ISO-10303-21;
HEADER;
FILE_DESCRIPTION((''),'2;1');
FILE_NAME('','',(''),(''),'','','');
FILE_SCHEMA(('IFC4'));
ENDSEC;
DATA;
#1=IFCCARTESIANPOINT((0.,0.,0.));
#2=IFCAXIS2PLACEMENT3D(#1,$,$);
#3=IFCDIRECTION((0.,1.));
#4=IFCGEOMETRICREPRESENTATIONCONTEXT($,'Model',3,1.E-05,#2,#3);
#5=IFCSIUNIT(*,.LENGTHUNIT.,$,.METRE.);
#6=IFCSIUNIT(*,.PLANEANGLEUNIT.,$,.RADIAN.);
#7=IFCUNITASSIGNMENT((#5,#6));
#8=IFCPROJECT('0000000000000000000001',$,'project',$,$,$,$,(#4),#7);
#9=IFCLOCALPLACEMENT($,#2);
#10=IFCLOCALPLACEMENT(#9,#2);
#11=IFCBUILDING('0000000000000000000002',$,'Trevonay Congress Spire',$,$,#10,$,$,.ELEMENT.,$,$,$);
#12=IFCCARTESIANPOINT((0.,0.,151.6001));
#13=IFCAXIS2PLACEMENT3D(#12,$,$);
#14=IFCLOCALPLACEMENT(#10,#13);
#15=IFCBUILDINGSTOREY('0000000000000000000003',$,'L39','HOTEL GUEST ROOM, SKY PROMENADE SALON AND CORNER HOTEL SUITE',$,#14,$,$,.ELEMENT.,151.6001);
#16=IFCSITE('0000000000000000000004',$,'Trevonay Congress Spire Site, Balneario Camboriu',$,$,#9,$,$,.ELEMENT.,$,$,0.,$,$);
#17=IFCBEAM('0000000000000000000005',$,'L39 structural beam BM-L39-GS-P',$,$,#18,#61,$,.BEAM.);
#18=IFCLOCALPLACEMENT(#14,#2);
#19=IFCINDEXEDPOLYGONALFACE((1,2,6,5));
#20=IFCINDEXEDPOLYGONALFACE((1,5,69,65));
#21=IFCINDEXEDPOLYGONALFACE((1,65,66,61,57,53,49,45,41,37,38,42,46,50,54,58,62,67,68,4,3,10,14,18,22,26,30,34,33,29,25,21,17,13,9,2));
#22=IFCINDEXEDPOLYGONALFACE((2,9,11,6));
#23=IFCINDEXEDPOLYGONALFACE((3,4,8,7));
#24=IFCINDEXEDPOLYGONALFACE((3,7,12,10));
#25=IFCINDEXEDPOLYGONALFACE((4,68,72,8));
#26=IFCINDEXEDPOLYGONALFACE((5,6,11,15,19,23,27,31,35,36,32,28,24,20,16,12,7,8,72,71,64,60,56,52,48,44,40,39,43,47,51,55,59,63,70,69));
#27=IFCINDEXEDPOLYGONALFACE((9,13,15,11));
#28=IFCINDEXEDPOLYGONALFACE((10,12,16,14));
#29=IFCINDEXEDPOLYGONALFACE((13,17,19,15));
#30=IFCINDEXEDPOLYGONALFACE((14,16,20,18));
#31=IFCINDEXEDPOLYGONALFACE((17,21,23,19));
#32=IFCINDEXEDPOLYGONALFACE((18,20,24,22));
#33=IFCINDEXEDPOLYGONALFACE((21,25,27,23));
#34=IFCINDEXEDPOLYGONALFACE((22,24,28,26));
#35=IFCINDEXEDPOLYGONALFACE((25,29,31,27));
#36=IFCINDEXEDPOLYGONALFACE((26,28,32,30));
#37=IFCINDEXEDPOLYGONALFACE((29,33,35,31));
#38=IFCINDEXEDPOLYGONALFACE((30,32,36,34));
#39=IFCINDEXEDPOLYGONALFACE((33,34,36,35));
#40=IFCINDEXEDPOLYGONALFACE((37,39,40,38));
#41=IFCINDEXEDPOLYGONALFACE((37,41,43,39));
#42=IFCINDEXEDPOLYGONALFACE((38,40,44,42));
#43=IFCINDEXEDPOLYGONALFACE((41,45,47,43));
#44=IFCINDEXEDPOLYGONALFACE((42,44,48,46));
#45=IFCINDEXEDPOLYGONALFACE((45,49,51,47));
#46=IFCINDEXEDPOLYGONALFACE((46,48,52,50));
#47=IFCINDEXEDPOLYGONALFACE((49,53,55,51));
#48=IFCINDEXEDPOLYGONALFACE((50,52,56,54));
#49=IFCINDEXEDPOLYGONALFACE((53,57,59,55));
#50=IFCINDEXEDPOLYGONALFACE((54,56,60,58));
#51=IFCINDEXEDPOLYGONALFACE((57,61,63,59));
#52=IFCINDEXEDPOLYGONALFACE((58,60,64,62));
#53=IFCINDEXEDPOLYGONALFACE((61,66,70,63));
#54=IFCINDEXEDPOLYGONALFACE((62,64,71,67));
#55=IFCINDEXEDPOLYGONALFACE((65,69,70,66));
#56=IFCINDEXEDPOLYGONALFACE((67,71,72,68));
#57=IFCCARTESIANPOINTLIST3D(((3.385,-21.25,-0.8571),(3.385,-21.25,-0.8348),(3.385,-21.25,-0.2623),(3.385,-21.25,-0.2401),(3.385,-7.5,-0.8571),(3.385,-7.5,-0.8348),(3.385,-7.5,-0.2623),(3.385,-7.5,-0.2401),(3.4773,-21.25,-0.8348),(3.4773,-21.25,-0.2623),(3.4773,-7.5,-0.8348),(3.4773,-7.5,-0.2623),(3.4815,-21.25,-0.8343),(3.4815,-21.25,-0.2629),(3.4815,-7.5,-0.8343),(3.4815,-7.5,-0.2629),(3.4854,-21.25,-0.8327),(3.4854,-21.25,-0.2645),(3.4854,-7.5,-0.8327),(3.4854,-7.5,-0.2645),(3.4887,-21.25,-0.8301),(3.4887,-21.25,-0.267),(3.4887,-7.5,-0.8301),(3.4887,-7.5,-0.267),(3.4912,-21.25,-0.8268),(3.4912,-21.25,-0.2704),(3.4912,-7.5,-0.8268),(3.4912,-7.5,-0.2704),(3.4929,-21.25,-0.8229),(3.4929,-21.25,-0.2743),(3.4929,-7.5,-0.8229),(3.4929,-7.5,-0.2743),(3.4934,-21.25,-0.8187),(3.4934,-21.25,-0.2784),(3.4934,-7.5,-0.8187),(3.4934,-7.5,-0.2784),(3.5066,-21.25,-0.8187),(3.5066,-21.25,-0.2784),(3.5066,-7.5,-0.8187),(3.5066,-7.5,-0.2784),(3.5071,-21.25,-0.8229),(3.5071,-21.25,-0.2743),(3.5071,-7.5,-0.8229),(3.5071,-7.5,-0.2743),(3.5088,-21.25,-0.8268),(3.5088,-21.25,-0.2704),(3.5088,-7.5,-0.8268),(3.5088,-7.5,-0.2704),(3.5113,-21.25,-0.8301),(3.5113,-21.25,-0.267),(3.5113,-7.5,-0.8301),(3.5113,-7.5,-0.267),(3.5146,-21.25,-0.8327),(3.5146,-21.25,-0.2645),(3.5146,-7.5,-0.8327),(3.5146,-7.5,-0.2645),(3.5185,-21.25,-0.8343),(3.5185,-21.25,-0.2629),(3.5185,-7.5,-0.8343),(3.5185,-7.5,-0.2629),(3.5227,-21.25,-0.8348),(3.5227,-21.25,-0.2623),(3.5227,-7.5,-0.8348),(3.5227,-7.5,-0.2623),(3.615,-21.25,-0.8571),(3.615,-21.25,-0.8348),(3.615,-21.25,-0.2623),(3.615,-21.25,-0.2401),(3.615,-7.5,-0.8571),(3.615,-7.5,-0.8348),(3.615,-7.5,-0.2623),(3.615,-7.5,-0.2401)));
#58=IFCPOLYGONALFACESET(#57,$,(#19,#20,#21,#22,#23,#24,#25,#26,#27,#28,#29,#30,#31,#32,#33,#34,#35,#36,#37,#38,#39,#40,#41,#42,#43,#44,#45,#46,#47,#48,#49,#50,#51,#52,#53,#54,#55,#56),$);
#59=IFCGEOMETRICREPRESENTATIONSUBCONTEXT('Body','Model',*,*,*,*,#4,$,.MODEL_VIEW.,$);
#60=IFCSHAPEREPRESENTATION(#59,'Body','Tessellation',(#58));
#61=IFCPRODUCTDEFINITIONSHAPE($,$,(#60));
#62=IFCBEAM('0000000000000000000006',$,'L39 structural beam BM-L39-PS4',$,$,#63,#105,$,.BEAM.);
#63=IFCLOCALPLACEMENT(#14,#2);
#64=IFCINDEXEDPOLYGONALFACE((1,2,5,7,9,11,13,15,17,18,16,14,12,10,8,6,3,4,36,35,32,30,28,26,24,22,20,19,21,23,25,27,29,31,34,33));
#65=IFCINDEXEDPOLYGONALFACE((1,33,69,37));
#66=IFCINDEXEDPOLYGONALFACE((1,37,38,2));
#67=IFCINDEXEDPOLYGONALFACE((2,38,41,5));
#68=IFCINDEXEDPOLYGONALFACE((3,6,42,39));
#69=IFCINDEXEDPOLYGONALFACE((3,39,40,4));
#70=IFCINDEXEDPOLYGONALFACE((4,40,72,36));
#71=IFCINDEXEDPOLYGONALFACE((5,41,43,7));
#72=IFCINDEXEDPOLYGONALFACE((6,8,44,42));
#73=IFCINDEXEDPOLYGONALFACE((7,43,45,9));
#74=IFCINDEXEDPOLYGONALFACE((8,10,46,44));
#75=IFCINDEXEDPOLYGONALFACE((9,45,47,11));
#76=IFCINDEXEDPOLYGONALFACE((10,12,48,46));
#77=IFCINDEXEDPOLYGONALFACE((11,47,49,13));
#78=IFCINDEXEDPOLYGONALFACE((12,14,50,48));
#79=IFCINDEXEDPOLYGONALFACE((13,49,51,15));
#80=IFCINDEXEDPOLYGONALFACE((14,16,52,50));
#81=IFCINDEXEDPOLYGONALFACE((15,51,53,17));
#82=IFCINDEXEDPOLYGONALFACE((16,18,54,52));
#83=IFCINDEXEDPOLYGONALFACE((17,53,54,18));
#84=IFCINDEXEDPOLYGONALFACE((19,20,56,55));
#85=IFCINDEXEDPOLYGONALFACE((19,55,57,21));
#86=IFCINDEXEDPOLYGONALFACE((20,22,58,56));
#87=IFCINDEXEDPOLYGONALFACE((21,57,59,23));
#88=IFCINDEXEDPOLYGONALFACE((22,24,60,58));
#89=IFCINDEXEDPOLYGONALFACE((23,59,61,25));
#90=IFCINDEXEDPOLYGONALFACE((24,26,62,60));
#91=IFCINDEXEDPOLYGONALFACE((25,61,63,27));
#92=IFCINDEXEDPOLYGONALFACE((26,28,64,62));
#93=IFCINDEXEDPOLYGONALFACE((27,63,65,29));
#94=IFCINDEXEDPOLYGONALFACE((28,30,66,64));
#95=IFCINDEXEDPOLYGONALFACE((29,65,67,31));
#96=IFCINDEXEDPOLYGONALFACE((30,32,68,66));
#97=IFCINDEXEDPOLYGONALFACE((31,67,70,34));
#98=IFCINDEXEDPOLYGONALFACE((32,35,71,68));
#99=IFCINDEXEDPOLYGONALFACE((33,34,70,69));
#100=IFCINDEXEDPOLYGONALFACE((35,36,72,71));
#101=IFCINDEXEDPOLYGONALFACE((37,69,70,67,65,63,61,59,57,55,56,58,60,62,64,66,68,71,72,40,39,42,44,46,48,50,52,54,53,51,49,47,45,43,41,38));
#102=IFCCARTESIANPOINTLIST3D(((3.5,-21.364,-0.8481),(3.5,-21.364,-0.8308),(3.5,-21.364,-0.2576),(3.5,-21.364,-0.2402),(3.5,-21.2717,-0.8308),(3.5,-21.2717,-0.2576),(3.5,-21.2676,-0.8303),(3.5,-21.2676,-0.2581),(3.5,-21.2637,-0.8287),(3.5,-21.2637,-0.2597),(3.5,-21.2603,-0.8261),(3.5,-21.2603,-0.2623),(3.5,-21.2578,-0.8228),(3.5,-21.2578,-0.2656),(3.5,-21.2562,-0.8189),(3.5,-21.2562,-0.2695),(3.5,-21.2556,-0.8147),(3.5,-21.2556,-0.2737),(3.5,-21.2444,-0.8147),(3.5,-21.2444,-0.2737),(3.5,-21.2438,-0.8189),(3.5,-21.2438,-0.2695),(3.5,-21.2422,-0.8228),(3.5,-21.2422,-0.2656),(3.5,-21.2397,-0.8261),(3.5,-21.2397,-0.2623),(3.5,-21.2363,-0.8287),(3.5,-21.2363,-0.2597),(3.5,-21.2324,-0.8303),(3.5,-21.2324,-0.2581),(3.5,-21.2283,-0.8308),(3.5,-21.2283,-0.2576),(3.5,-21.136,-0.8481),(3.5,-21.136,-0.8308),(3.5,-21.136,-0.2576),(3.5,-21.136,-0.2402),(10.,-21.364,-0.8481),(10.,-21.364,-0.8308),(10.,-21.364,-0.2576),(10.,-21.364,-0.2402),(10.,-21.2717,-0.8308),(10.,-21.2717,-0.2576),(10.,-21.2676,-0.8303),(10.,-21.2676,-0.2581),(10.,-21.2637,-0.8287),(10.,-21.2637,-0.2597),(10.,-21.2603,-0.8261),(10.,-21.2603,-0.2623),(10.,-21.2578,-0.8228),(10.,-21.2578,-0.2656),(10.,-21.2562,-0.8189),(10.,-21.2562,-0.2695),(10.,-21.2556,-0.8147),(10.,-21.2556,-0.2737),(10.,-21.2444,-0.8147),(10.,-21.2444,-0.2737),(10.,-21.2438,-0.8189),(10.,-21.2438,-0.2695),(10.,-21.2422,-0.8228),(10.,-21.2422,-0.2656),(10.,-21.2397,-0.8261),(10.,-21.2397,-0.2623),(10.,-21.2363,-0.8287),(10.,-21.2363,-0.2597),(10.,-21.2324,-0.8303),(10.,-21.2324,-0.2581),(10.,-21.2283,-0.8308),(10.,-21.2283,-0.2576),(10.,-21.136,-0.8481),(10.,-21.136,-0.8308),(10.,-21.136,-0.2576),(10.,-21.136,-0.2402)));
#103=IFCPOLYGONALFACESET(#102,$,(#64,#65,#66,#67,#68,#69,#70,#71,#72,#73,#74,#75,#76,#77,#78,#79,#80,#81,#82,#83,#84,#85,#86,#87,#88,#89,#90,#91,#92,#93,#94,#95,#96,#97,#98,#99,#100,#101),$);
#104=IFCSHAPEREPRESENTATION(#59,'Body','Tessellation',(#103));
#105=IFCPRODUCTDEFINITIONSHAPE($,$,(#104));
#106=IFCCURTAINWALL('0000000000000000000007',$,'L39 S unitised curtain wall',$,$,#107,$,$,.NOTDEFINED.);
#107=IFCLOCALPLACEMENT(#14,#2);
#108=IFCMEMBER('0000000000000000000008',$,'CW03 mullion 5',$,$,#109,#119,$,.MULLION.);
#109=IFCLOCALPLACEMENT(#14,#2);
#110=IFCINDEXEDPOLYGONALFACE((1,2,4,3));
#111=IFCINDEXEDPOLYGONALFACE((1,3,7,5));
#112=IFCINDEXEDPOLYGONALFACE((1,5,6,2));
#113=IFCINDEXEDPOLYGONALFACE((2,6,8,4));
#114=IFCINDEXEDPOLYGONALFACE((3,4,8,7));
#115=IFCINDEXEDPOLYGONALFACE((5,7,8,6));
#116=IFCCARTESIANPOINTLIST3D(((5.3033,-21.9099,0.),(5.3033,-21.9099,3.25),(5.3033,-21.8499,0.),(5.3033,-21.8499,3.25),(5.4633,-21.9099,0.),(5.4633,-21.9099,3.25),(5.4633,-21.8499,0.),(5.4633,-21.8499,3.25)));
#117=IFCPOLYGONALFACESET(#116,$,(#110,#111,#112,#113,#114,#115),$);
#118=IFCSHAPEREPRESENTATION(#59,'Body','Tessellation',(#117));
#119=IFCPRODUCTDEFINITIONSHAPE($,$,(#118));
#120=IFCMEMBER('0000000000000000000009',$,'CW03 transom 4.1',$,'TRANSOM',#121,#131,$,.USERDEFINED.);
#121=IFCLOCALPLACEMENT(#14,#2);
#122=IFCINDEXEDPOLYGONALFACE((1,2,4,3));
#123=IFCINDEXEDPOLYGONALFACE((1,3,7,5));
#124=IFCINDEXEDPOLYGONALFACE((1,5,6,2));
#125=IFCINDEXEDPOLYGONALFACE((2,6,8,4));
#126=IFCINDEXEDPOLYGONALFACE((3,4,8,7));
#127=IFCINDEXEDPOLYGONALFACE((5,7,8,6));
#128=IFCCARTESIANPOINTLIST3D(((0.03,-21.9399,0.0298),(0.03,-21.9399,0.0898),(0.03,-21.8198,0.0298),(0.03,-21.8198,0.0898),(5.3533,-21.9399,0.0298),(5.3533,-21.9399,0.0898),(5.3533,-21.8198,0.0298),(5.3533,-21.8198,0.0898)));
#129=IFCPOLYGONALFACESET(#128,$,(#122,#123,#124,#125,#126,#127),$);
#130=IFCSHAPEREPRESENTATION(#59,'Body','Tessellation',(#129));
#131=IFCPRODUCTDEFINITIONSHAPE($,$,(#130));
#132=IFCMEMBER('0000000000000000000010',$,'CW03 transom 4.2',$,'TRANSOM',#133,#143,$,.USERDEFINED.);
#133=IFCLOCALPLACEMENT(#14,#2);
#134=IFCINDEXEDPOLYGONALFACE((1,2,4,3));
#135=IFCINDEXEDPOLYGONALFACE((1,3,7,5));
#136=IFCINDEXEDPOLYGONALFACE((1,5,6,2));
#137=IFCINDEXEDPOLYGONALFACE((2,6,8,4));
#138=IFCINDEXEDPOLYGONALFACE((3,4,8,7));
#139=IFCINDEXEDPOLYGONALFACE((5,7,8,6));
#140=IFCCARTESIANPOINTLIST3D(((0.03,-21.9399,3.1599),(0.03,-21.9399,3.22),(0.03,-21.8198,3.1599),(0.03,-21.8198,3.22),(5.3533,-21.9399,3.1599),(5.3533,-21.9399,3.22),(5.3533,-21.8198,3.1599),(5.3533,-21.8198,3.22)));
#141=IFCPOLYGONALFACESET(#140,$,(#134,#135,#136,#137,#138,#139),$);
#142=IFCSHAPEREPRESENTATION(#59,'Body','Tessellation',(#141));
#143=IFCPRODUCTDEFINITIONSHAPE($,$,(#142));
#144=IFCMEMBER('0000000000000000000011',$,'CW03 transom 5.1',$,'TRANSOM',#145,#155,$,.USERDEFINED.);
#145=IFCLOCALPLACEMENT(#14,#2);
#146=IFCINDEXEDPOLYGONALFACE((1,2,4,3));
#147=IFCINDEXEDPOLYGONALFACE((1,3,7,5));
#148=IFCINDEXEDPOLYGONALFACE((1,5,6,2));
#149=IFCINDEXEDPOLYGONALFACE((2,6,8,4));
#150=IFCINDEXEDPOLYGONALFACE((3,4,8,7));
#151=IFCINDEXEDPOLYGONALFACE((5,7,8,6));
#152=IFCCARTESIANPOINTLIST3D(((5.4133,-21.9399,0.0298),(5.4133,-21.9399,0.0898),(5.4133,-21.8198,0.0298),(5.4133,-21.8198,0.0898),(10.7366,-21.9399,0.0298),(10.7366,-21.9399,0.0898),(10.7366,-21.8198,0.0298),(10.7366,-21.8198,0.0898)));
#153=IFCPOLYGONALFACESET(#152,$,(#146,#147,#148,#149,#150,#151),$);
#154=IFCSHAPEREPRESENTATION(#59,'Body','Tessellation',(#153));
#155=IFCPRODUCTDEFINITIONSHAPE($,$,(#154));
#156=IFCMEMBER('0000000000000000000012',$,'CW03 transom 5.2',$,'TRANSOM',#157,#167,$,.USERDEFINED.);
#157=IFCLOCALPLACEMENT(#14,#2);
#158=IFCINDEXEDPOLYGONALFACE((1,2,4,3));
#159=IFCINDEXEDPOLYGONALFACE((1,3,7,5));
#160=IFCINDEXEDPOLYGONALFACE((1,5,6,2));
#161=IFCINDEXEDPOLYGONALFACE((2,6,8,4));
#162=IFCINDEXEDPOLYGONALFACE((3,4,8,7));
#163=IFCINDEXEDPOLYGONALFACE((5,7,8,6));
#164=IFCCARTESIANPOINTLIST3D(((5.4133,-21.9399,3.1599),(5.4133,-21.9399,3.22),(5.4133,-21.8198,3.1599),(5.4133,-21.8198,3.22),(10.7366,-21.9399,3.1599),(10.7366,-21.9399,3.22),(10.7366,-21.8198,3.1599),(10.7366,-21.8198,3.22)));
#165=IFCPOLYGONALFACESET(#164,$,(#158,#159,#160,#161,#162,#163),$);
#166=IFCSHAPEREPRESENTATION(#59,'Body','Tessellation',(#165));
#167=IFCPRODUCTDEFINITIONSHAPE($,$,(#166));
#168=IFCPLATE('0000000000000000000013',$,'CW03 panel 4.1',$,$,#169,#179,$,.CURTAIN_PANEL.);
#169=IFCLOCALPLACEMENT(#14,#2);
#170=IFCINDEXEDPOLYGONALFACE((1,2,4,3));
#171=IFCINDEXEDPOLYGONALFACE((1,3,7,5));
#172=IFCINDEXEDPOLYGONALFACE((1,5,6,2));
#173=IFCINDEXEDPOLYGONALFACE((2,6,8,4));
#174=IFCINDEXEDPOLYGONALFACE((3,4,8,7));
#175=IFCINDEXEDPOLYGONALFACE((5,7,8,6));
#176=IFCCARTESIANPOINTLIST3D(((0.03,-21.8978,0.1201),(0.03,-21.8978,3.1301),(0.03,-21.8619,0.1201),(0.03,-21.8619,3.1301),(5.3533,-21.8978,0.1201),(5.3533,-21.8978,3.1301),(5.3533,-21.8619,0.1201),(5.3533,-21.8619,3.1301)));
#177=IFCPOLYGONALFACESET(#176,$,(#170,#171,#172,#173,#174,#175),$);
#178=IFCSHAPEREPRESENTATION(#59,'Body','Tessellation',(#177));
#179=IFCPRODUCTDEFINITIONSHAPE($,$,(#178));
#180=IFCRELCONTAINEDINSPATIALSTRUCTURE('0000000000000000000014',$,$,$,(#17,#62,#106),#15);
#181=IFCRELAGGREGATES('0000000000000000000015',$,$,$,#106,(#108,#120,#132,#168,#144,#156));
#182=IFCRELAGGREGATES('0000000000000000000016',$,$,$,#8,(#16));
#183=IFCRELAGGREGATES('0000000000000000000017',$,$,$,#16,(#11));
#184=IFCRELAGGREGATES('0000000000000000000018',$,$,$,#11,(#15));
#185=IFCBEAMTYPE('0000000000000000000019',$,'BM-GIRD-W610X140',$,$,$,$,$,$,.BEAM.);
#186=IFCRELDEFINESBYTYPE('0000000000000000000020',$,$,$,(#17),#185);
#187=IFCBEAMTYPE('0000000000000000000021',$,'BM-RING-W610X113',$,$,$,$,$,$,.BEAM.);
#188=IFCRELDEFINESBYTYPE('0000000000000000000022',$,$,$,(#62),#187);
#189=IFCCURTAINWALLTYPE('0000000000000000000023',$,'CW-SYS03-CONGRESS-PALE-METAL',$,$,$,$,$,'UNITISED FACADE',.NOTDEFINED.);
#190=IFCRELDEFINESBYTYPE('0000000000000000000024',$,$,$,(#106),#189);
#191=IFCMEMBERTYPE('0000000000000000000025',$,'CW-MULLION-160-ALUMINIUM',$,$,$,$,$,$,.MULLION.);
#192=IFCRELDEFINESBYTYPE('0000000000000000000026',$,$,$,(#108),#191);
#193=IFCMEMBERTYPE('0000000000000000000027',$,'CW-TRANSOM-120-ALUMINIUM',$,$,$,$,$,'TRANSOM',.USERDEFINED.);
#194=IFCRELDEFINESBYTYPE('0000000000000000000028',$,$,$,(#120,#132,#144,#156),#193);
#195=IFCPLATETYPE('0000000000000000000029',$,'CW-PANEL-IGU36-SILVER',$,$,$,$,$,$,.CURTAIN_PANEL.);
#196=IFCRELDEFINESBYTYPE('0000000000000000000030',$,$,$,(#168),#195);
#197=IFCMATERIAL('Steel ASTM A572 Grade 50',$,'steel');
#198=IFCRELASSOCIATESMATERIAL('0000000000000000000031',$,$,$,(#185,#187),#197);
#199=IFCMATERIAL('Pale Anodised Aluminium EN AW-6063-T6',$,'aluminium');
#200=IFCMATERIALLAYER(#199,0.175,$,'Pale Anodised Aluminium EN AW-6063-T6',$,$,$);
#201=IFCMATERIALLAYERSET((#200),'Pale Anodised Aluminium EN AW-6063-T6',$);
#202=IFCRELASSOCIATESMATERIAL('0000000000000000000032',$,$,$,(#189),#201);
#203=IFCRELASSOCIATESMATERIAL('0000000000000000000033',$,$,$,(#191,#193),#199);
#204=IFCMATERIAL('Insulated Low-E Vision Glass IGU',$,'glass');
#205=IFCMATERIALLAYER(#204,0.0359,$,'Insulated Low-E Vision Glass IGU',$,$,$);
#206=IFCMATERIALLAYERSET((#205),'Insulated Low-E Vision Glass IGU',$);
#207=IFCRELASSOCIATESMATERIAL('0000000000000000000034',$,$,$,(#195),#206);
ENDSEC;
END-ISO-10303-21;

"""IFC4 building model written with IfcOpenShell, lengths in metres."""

from ifc_helpers import new_model, si_unit, direction, frame, origin, origin_2d, place, context, subcontext, project, spatial, rectangle, i_section, extrude, material, layer, layer_set, material_profile, profile_set, type_object, element, aggregate, save


model = new_model("IFC4")

# Units and contexts
model_context = context("Model", 3, precision=1e-05, world=origin(), true_north=direction((0.0, 1.0)))
body_context = subcontext(model_context, "Body", "Model", "MODEL_VIEW")
ifc_project = project(units=[si_unit("LENGTHUNIT", "METRE"), si_unit("PLANEANGLEUNIT", "RADIAN")], contexts=[model_context])

# Site, building, storey
site_placement = place(None, origin())
site = spatial("IfcSite", under=ifc_project, at=site_placement, Name="Trevonay Congress Spire Site, Balneario Camboriu", CompositionType="ELEMENT", RefElevation=0.0)
building_placement = place(site_placement, origin())
building = spatial("IfcBuilding", under=site, at=building_placement, Name="Trevonay Congress Spire", CompositionType="ELEMENT")
storey_placement = place(building_placement, frame((0.0, 0.0, 151.6001)))
storey = spatial("IfcBuildingStorey", under=building, at=storey_placement, Name="L39", Description="HOTEL GUEST ROOM, SKY PROMENADE SALON AND CORNER HOTEL SUITE", CompositionType="ELEMENT", Elevation=151.6001)

# Shared definitions
ifc_material_1 = material(Name="Steel ASTM A572 Grade 50", Category="steel")

# Beams
ifc_material_profile_1 = material_profile(ifc_material_1, i_section(OverallWidth=0.23, OverallDepth=0.6169, WebThickness=0.0132, FlangeThickness=0.0222, FilletRadius=0.0161, at=origin_2d()), Name="W610x140")
ifc_profile_set_1 = profile_set([ifc_material_profile_1], Name="Steel ASTM A572 Grade 50")
beam_type_1 = type_object("IfcBeamType", Name="BM-GIRD-W610X140", PredefinedType="BEAM", material=ifc_profile_set_1)
beam_1_placement = place(storey_placement, frame((3.5, -7.5, -0.5486), z_axis=(0.0, -1.0, 0.0), x_axis=(1.0, 0.0, 0.0)))
element("IfcBeam", 1, at=beam_1_placement, inside=storey, type_object=beam_type_1, Name="L39 structural beam BM-L39-GS-P", PredefinedType="BEAM", context=body_context, shape_type="SweptSolid", body=[
    extrude(i_section(OverallWidth=0.23, OverallDepth=0.6169, WebThickness=0.0132, FlangeThickness=0.0222, FilletRadius=0.0161, at=origin_2d()), origin(), (0.0, 0.0, 1.0), 13.75),
])
ifc_material_profile_2 = material_profile(ifc_material_1, i_section(OverallWidth=0.228, OverallDepth=0.6079, WebThickness=0.0112, FlangeThickness=0.0173, FilletRadius=0.0161, at=origin_2d()), Name="W610x113")
ifc_profile_set_2 = profile_set([ifc_material_profile_2], Name="Steel ASTM A572 Grade 50")
beam_type_2 = type_object("IfcBeamType", Name="BM-RING-W610X113", PredefinedType="BEAM", material=ifc_profile_set_2)
beam_2_placement = place(storey_placement, frame((3.5, -21.25, -0.5442), z_axis=(1.0, 0.0, 0.0), x_axis=(0.0, 1.0, 0.0)))
element("IfcBeam", 2, at=beam_2_placement, inside=storey, type_object=beam_type_2, Name="L39 structural beam BM-L39-PS4", PredefinedType="BEAM", context=body_context, shape_type="SweptSolid", body=[
    extrude(i_section(OverallWidth=0.228, OverallDepth=0.6079, WebThickness=0.0112, FlangeThickness=0.0173, FilletRadius=0.0161, at=origin_2d()), origin(), (0.0, 0.0, 1.0), 6.5),
])

# Curtain wall, members, plate
ifc_material_2 = material(Name="Pale Anodised Aluminium EN AW-6063-T6", Category="aluminium")
ifc_layer_1 = layer(ifc_material_2, 0.175, Name="Pale Anodised Aluminium EN AW-6063-T6")
ifc_layer_set_1 = layer_set([ifc_layer_1], Name="Pale Anodised Aluminium EN AW-6063-T6")
curtain_wall_type = type_object("IfcCurtainWallType", Name="CW-SYS03-CONGRESS-PALE-METAL", ElementType="UNITISED FACADE", PredefinedType="NOTDEFINED", material=ifc_layer_set_1)
curtain_wall_placement = place(storey_placement, origin())
curtain_wall = element("IfcCurtainWall", 3, at=curtain_wall_placement, inside=storey, type_object=curtain_wall_type, Name="L39 S unitised curtain wall", PredefinedType="NOTDEFINED")
ifc_material_profile_3 = material_profile(ifc_material_2, rectangle(XDim=0.0601, YDim=0.1599, at=origin_2d()), Name="CW-MULLION-160-ALUMINIUM")
ifc_profile_set_3 = profile_set([ifc_material_profile_3], Name="Pale Anodised Aluminium EN AW-6063-T6")
member_type_1 = type_object("IfcMemberType", Name="CW-MULLION-160-ALUMINIUM", PredefinedType="MULLION", material=ifc_profile_set_3)
member_1_placement = place(storey_placement, frame((5.3833, -21.8799, 0.0), z_axis=(0.0, 0.0, 1.0), x_axis=(0.0, 1.0, 0.0)))
member_1 = element("IfcMember", 4, at=member_1_placement, type_object=member_type_1, Name="CW03 mullion 5", PredefinedType="MULLION", context=body_context, shape_type="SweptSolid", body=[
    extrude(rectangle(XDim=0.0601, YDim=0.1599, at=origin_2d()), origin(), (0.0, 0.0, 1.0), 3.25),
])
ifc_material_profile_4 = material_profile(ifc_material_2, rectangle(XDim=0.1201, YDim=0.0601, at=origin_2d()), Name="CW-TRANSOM-120-ALUMINIUM")
ifc_profile_set_4 = profile_set([ifc_material_profile_4], Name="Pale Anodised Aluminium EN AW-6063-T6")
member_type_2 = type_object("IfcMemberType", Name="CW-TRANSOM-120-ALUMINIUM", ElementType="TRANSOM", PredefinedType="USERDEFINED", material=ifc_profile_set_4)
member_2_placement = place(storey_placement, frame((0.03, -21.8799, 0.0598), z_axis=(1.0, 0.0, 0.0), x_axis=(0.0, 1.0, 0.0)))
member_2 = element("IfcMember", 5, at=member_2_placement, type_object=member_type_2, Name="CW03 transom 4.1", ObjectType="TRANSOM", PredefinedType="USERDEFINED", context=body_context, shape_type="SweptSolid", body=[
    extrude(rectangle(XDim=0.1201, YDim=0.0601, at=origin_2d()), origin(), (0.0, 0.0, 1.0), 5.3232),
])
member_3_placement = place(storey_placement, frame((0.03, -21.8799, 3.1899), z_axis=(1.0, 0.0, 0.0), x_axis=(0.0, 1.0, 0.0)))
member_3 = element("IfcMember", 6, at=member_3_placement, type_object=member_type_2, Name="CW03 transom 4.2", ObjectType="TRANSOM", PredefinedType="USERDEFINED", context=body_context, shape_type="SweptSolid", body=[
    extrude(rectangle(XDim=0.1201, YDim=0.0601, at=origin_2d()), origin(), (0.0, 0.0, 1.0), 5.3232),
])
member_4_placement = place(storey_placement, frame((5.4133, -21.8799, 0.0598), z_axis=(1.0, 0.0, 0.0), x_axis=(0.0, 1.0, 0.0)))
member_4 = element("IfcMember", 7, at=member_4_placement, type_object=member_type_2, Name="CW03 transom 5.1", ObjectType="TRANSOM", PredefinedType="USERDEFINED", context=body_context, shape_type="SweptSolid", body=[
    extrude(rectangle(XDim=0.1201, YDim=0.0601, at=origin_2d()), origin(), (0.0, 0.0, 1.0), 5.3232),
])
member_5_placement = place(storey_placement, frame((5.4133, -21.8799, 3.1899), z_axis=(1.0, 0.0, 0.0), x_axis=(0.0, 1.0, 0.0)))
member_5 = element("IfcMember", 8, at=member_5_placement, type_object=member_type_2, Name="CW03 transom 5.2", ObjectType="TRANSOM", PredefinedType="USERDEFINED", context=body_context, shape_type="SweptSolid", body=[
    extrude(rectangle(XDim=0.1201, YDim=0.0601, at=origin_2d()), origin(), (0.0, 0.0, 1.0), 5.3232),
])
ifc_material_3 = material(Name="Insulated Low-E Vision Glass IGU", Category="glass")
ifc_layer_2 = layer(ifc_material_3, 0.0359, Name="Insulated Low-E Vision Glass IGU")
ifc_layer_set_2 = layer_set([ifc_layer_2], Name="Insulated Low-E Vision Glass IGU")
plate_type = type_object("IfcPlateType", Name="CW-PANEL-IGU36-SILVER", PredefinedType="CURTAIN_PANEL", material=ifc_layer_set_2)
plate_placement = place(storey_placement, frame((2.6917, -21.8799, 0.1201), z_axis=(0.0, 0.0, 1.0), x_axis=(1.0, 0.0, 0.0)))
plate = element("IfcPlate", 9, at=plate_placement, type_object=plate_type, Name="CW03 panel 4.1", PredefinedType="CURTAIN_PANEL", context=body_context, shape_type="SweptSolid", body=[
    extrude(rectangle(XDim=5.3232, YDim=0.0359, at=origin_2d()), origin(), (0.0, 0.0, 1.0), 3.01),
])
aggregate(curtain_wall, [member_1, member_2, member_3, plate, member_4, member_5])

save(model, "model.ifc")
